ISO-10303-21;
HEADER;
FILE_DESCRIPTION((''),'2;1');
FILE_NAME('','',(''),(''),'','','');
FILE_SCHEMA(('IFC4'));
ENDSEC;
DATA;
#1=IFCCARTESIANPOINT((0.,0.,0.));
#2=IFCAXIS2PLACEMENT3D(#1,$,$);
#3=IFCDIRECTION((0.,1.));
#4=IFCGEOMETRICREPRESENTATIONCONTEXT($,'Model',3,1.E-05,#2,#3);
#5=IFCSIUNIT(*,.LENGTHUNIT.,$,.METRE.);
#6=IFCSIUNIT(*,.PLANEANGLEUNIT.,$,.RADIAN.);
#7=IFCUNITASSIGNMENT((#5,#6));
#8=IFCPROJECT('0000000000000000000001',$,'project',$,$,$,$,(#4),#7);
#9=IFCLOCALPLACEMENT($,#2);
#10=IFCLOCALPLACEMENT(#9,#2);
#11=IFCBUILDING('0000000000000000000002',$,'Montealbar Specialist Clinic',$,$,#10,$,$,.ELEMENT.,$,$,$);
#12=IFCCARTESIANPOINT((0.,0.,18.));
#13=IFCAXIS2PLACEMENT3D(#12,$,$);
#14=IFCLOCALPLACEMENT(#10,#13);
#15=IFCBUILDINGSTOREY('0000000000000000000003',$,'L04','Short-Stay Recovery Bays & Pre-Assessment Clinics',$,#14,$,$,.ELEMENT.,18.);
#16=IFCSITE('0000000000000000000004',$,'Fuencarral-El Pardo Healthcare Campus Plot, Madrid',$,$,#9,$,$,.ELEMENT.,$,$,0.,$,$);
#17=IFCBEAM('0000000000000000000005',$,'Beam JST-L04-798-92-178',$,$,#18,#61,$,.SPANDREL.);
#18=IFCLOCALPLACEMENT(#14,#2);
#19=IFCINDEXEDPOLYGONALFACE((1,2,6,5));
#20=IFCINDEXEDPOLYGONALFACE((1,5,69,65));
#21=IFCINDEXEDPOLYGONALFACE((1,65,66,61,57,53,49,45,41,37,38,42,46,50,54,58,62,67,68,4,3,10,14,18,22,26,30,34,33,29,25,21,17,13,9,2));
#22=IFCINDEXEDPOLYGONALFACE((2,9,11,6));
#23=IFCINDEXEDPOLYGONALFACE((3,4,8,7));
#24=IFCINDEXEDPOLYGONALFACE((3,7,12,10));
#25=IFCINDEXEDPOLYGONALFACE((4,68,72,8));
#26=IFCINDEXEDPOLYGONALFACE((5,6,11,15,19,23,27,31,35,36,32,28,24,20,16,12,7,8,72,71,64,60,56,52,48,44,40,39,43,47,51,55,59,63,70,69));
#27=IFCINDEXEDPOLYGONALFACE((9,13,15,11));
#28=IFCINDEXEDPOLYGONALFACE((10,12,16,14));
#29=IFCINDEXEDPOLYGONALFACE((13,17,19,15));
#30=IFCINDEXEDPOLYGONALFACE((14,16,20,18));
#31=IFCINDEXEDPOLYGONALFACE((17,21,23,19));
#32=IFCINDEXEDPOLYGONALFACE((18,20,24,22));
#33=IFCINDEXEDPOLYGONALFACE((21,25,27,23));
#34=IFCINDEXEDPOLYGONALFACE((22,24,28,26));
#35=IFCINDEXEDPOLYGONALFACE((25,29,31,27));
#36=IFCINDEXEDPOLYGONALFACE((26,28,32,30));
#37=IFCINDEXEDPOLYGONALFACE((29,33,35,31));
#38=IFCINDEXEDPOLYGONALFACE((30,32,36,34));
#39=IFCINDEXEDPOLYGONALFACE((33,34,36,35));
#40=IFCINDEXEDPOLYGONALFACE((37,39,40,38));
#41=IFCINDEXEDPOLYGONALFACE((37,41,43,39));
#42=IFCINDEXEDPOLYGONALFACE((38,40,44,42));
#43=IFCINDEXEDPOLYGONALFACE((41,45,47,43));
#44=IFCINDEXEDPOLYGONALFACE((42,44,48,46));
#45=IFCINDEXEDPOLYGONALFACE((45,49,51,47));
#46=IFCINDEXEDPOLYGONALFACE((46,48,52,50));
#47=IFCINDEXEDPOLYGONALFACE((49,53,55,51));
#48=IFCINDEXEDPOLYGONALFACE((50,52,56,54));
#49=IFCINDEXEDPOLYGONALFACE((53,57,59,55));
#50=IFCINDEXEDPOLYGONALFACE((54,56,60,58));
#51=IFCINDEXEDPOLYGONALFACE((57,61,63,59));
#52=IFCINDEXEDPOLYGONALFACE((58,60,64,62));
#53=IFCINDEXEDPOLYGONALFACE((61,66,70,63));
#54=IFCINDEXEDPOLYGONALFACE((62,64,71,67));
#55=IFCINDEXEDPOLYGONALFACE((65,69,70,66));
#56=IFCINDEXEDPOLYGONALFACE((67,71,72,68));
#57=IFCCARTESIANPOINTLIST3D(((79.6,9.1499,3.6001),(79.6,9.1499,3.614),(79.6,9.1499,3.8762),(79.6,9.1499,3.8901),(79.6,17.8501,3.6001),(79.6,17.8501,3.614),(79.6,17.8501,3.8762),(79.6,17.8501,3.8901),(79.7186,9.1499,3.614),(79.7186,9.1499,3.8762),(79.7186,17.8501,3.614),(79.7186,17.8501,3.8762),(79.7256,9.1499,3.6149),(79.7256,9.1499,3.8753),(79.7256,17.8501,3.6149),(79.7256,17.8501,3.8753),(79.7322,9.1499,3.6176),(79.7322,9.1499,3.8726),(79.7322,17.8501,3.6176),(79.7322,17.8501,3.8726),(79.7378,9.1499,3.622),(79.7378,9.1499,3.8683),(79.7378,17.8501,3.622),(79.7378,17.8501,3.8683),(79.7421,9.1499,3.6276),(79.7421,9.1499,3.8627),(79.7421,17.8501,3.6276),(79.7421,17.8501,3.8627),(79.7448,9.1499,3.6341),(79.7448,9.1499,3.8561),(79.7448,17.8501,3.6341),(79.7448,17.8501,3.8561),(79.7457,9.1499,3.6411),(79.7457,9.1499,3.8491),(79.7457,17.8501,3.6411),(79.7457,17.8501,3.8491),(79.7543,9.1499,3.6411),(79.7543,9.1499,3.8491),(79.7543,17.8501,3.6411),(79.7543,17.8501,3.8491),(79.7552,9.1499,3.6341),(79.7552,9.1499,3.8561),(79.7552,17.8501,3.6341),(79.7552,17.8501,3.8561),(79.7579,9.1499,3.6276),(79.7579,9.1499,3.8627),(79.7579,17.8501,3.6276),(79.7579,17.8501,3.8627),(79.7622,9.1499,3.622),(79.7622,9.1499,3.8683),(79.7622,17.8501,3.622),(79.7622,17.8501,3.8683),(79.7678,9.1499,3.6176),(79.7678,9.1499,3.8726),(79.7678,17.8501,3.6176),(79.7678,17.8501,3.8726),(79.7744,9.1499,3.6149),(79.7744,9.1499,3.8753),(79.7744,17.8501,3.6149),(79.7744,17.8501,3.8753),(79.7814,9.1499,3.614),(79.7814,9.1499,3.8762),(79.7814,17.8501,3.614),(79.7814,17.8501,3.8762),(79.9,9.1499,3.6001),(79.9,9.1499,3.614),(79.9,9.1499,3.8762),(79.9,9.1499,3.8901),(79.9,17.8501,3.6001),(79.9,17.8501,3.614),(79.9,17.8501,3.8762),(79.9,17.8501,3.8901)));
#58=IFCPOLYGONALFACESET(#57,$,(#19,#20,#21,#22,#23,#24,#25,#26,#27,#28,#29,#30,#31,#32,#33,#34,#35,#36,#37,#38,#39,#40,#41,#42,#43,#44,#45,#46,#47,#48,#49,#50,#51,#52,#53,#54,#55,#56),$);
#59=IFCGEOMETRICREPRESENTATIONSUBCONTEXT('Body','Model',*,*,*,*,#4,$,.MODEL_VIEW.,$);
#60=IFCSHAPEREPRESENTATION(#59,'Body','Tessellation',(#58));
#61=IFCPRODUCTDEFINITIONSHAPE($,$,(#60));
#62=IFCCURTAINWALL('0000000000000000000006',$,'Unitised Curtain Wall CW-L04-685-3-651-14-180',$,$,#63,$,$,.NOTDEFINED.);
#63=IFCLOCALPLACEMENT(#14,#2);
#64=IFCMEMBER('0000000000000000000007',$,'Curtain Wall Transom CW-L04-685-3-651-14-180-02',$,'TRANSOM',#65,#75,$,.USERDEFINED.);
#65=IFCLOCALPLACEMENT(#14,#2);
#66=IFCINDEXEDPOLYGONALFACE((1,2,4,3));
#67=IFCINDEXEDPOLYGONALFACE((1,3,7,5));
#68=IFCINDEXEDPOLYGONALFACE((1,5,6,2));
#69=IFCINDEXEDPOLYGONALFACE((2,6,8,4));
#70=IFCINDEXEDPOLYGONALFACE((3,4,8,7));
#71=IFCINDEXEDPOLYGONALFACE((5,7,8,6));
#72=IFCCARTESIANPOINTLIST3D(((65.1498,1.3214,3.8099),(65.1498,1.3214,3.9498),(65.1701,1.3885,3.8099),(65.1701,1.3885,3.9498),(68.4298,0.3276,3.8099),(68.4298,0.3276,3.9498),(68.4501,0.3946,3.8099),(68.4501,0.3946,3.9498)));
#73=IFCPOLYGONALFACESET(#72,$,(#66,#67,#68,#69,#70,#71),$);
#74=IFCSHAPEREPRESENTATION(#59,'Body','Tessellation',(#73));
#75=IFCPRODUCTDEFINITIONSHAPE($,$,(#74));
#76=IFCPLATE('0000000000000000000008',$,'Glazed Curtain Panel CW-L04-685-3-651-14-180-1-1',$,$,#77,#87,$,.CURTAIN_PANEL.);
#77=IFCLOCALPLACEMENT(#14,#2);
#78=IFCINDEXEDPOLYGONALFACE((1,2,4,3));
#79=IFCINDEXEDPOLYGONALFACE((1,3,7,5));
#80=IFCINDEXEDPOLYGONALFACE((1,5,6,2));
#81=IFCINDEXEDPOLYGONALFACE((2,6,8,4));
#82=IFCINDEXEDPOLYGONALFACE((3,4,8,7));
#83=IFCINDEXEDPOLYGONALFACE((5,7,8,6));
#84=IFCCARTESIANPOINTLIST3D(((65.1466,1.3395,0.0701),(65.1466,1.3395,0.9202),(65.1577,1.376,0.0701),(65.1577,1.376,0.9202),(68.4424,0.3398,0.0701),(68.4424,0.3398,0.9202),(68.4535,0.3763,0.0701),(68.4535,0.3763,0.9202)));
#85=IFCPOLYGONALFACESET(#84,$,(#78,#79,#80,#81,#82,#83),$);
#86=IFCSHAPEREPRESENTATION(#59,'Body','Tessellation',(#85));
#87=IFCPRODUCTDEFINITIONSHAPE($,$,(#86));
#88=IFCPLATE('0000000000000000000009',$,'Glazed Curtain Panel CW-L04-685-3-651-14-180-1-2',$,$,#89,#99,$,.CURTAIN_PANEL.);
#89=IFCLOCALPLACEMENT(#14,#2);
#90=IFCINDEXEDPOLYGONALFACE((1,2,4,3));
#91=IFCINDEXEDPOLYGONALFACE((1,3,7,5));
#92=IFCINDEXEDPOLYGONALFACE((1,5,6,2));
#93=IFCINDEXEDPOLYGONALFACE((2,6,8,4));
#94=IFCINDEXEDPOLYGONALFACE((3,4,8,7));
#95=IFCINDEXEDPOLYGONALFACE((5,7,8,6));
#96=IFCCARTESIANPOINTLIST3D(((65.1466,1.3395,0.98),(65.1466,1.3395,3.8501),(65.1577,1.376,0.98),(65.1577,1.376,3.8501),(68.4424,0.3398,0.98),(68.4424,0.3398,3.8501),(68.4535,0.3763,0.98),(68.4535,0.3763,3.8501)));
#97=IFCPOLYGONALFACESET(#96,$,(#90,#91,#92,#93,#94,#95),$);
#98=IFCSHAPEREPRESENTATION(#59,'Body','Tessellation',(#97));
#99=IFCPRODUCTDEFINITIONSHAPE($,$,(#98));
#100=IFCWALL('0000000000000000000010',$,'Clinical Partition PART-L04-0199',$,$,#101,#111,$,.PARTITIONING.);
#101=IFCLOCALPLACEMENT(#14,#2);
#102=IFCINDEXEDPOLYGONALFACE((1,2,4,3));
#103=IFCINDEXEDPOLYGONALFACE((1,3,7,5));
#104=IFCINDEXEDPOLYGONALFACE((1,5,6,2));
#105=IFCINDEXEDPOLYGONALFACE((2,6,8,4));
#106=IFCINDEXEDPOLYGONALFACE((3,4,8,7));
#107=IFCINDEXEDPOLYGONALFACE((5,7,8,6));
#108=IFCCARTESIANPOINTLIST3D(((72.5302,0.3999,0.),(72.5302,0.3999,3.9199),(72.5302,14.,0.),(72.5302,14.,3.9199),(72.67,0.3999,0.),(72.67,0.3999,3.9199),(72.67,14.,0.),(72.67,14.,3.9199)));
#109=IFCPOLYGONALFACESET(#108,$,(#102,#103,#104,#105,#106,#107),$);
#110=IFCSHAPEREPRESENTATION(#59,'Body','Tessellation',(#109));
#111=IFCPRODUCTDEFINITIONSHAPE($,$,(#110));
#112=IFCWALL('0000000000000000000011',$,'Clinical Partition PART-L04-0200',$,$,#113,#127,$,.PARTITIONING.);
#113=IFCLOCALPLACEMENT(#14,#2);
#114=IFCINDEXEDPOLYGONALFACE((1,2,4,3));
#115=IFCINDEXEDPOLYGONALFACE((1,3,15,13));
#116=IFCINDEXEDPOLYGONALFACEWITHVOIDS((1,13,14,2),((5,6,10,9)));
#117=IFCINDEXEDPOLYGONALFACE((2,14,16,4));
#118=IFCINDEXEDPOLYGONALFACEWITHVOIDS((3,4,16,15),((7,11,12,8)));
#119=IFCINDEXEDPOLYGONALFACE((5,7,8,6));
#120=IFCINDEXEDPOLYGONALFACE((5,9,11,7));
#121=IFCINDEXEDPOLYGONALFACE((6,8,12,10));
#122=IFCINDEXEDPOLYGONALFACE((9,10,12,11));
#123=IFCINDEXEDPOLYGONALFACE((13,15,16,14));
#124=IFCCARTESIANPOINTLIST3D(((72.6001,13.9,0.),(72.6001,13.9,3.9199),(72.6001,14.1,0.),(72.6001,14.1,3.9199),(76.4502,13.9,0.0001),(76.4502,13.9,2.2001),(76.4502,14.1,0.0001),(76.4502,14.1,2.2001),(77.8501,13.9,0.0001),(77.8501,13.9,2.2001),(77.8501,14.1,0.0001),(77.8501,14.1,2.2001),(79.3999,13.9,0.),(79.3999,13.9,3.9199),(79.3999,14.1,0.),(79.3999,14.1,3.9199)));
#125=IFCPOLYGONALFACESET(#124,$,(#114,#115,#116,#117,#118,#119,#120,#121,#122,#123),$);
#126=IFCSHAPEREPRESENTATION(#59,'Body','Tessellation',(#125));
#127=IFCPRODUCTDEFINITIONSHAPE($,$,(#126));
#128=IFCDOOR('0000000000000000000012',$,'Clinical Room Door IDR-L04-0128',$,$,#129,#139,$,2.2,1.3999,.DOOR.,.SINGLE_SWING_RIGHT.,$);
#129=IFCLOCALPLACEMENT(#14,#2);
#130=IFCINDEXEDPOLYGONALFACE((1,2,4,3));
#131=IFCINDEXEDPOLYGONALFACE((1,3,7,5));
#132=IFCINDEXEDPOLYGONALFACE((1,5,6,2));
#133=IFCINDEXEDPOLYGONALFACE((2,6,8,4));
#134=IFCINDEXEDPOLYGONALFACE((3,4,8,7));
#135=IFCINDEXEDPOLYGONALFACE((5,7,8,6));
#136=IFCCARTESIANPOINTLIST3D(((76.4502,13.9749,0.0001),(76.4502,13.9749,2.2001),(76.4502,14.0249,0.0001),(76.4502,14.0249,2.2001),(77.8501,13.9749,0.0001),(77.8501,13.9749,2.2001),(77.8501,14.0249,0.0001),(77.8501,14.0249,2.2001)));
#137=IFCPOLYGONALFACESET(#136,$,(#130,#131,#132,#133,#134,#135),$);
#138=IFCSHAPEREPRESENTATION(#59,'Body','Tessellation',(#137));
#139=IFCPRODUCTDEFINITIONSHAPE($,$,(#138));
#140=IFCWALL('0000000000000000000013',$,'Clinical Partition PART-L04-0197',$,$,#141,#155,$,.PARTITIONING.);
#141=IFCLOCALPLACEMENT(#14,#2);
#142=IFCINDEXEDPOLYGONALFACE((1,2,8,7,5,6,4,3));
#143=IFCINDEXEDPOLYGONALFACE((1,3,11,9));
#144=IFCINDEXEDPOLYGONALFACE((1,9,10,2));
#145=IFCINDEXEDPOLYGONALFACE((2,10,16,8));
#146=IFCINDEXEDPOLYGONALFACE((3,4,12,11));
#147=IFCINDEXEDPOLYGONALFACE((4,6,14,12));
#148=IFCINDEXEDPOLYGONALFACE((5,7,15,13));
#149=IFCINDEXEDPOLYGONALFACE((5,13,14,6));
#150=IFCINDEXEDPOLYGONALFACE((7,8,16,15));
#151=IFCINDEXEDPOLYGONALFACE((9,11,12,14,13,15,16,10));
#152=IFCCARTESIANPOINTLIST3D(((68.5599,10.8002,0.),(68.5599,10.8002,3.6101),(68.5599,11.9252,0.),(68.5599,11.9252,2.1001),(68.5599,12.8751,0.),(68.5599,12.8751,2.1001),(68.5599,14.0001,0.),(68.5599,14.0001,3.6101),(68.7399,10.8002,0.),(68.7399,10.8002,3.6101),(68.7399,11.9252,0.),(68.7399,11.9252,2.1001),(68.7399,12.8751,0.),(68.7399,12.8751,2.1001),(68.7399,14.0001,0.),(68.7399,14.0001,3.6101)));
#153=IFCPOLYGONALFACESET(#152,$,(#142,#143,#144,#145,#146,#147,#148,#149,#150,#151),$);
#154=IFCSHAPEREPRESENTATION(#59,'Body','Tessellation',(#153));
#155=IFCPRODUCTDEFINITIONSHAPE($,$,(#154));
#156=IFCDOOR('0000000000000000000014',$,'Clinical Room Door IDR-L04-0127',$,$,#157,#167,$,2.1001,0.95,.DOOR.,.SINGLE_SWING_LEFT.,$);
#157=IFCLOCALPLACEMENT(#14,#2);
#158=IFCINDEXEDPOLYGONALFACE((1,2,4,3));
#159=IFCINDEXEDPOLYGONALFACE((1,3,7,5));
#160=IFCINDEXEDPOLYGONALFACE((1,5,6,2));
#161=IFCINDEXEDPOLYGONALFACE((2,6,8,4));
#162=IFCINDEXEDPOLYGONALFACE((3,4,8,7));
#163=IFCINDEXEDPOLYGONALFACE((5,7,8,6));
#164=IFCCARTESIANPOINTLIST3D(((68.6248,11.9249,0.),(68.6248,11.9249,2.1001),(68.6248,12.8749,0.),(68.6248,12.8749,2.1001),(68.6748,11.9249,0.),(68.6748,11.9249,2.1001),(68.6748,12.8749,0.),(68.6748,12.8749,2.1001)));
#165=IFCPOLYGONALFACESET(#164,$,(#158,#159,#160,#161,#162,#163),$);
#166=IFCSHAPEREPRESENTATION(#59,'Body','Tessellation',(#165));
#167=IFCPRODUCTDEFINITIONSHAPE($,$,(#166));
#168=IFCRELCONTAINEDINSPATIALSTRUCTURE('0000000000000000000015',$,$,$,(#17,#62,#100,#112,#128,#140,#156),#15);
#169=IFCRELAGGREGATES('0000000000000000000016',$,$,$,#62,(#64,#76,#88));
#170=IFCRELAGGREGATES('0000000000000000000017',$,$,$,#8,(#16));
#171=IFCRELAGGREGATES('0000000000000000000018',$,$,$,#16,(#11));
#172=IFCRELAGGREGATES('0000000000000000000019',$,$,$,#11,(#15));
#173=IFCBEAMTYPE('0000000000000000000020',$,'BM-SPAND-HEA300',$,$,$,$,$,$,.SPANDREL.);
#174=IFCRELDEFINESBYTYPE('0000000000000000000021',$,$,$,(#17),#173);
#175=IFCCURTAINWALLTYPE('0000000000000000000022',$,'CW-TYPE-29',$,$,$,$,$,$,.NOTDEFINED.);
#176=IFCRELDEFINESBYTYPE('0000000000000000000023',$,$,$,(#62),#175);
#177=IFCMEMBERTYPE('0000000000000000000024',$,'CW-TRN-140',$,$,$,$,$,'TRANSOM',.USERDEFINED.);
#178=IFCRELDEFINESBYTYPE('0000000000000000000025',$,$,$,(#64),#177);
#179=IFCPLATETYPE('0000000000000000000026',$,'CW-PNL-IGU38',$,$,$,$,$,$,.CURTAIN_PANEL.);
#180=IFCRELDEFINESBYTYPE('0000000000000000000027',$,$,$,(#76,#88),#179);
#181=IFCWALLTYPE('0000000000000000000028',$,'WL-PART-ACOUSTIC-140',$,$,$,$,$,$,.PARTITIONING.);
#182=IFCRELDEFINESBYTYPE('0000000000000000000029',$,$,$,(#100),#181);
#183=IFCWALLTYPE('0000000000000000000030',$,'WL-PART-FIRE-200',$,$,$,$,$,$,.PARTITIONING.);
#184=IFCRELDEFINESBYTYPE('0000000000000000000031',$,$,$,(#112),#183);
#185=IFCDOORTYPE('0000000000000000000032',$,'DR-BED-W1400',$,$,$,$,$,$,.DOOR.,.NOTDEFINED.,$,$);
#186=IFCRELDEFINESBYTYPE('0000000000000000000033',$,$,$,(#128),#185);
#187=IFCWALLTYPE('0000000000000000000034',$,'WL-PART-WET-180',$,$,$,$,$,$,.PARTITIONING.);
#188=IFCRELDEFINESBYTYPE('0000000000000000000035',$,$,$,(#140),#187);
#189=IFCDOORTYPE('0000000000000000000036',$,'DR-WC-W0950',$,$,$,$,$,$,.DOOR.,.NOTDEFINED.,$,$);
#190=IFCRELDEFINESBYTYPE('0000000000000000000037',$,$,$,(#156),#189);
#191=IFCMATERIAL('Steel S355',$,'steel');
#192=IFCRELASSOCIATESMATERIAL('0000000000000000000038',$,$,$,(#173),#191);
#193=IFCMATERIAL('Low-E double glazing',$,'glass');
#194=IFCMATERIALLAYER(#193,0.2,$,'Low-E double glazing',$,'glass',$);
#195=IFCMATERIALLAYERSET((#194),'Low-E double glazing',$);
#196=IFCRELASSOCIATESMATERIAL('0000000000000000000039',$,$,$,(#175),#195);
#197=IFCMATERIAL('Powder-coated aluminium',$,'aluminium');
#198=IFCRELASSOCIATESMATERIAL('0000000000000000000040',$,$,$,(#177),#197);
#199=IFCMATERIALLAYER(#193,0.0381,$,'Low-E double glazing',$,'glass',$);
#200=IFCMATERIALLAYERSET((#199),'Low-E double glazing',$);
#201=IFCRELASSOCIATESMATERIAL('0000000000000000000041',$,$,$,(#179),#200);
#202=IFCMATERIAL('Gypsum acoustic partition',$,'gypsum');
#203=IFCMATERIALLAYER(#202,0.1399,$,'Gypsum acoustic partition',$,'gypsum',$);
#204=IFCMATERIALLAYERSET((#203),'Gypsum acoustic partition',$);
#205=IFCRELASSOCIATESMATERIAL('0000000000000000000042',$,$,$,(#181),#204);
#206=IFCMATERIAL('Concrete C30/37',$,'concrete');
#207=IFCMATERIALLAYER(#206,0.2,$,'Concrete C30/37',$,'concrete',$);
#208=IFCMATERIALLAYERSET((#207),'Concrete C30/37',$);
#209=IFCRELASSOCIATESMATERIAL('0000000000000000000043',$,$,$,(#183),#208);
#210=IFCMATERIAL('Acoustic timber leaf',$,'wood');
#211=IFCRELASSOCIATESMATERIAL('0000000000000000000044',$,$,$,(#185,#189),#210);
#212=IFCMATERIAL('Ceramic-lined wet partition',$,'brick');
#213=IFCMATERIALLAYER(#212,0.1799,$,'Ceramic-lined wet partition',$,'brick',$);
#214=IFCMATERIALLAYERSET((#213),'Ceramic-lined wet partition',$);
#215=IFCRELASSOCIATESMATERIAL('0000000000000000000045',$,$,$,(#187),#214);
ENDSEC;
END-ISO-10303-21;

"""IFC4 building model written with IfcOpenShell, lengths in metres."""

from ifc_helpers import new_model, si_unit, direction, frame, frame_2d, origin, origin_2d, place, context, subcontext, project, spatial, rectangle, i_section, extrude, material, layer, layer_set, material_profile, profile_set, type_object, element, fill, aggregate, save


model = new_model("IFC4")

# Units and contexts
model_context = context("Model", 3, precision=1e-05, world=origin(), true_north=direction((0.0, 1.0)))
body_context = subcontext(model_context, "Body", "Model", "MODEL_VIEW")
ifc_project = project(units=[si_unit("LENGTHUNIT", "METRE"), si_unit("PLANEANGLEUNIT", "RADIAN")], contexts=[model_context])

# Site, building, storey
site_placement = place(None, origin())
site = spatial("IfcSite", under=ifc_project, at=site_placement, Name="Fuencarral-El Pardo Healthcare Campus Plot, Madrid", CompositionType="ELEMENT", RefElevation=0.0)
building_placement = place(site_placement, origin())
building = spatial("IfcBuilding", under=site, at=building_placement, Name="Montealbar Specialist Clinic", CompositionType="ELEMENT")
storey_placement = place(building_placement, frame((0.0, 0.0, 18.0)))
storey = spatial("IfcBuildingStorey", under=building, at=storey_placement, Name="L04", Description="Short-Stay Recovery Bays & Pre-Assessment Clinics", CompositionType="ELEMENT", Elevation=18.0)

# Shared definitions
ifc_material_1 = material(Name="Steel S355", Category="steel")

# Beam
ifc_material_profile_1 = material_profile(ifc_material_1, i_section(OverallWidth=0.3, OverallDepth=0.29, WebThickness=0.0085, FlangeThickness=0.0139, FilletRadius=0.0271, at=origin_2d()), Name="HEA 300", Category="steel")
ifc_profile_set_1 = profile_set([ifc_material_profile_1], Name="Steel S355")
beam_type_1 = type_object("IfcBeamType", Name="BM-SPAND-HEA300", PredefinedType="SPANDREL", material=ifc_profile_set_1)
beam_1_placement = place(storey_placement, frame((79.75, 9.1499, 3.7451), z_axis=(0.0, 1.0, 0.0), x_axis=(-1.0, 0.0, 0.0)))
element("IfcBeam", 1, at=beam_1_placement, inside=storey, type_object=beam_type_1, Name="Beam JST-L04-798-92-178", PredefinedType="SPANDREL", context=body_context, shape_type="SweptSolid", body=[
    extrude(i_section(OverallWidth=0.3, OverallDepth=0.29, WebThickness=0.0085, FlangeThickness=0.0139, FilletRadius=0.0271, at=origin_2d()), origin(), (0.0, 0.0, 1.0), 8.7002),
])

# Curtain wall, member, plates
ifc_material_2 = material(Name="Low-E double glazing", Category="glass")
ifc_layer_1 = layer(ifc_material_2, 0.2, Name="Low-E double glazing", Category="glass")
ifc_layer_set_1 = layer_set([ifc_layer_1], Name="Low-E double glazing")
curtain_wall_type = type_object("IfcCurtainWallType", Name="CW-TYPE-29", PredefinedType="NOTDEFINED", material=ifc_layer_set_1)
curtain_wall_placement = place(storey_placement, origin())
curtain_wall = element("IfcCurtainWall", 2, at=curtain_wall_placement, inside=storey, type_object=curtain_wall_type, Name="Unitised Curtain Wall CW-L04-685-3-651-14-180", PredefinedType="NOTDEFINED")
ifc_material_3 = material(Name="Powder-coated aluminium", Category="aluminium")
ifc_material_profile_2 = material_profile(ifc_material_3, rectangle(XDim=0.0701, YDim=0.1399, at=origin_2d()), Name="ALU 70x140", Category="aluminium")
ifc_profile_set_2 = profile_set([ifc_material_profile_2], Name="Powder-coated aluminium")
member_type = type_object("IfcMemberType", Name="CW-TRN-140", ElementType="TRANSOM", PredefinedType="USERDEFINED", material=ifc_profile_set_2)
member_placement = place(storey_placement, frame((68.4399, 0.3611, 3.8799), z_axis=(-0.957029, 0.289994, 0.0), x_axis=(-0.289994, -0.957029, 0.0)))
member = element("IfcMember", 3, at=member_placement, type_object=member_type, Name="Curtain Wall Transom CW-L04-685-3-651-14-180-02", ObjectType="TRANSOM", PredefinedType="USERDEFINED", context=body_context, shape_type="SweptSolid", body=[
    extrude(rectangle(XDim=0.0701, YDim=0.1399, at=origin_2d()), origin(), (0.0, 0.0, 1.0), 3.4272),
])
ifc_layer_2 = layer(ifc_material_2, 0.0381, Name="Low-E double glazing", Category="glass")
ifc_layer_set_2 = layer_set([ifc_layer_2], Name="Low-E double glazing")
plate_type = type_object("IfcPlateType", Name="CW-PNL-IGU38", PredefinedType="CURTAIN_PANEL", material=ifc_layer_set_2)
plate_1_placement = place(storey_placement, frame((66.8, 0.8579, 0.0701), z_axis=(0.0, 0.0, 1.0), x_axis=(-0.956948, 0.290259, 0.0)))
plate_1 = element("IfcPlate", 4, at=plate_1_placement, type_object=plate_type, Name="Glazed Curtain Panel CW-L04-685-3-651-14-180-1-1", PredefinedType="CURTAIN_PANEL", context=body_context, shape_type="SweptSolid", body=[
    extrude(rectangle(XDim=3.4441, YDim=0.0381, at=origin_2d()), origin(), (0.0, 0.0, 1.0), 0.8501),
])
plate_2_placement = place(storey_placement, frame((66.8, 0.8579, 0.98), z_axis=(0.0, 0.0, 1.0), x_axis=(-0.956948, 0.290259, 0.0)))
plate_2 = element("IfcPlate", 5, at=plate_2_placement, type_object=plate_type, Name="Glazed Curtain Panel CW-L04-685-3-651-14-180-1-2", PredefinedType="CURTAIN_PANEL", context=body_context, shape_type="SweptSolid", body=[
    extrude(rectangle(XDim=3.4441, YDim=0.0381, at=origin_2d()), origin(), (0.0, 0.0, 1.0), 2.8701),
])
aggregate(curtain_wall, [member, plate_1, plate_2])

# Wall
ifc_material_4 = material(Name="Gypsum acoustic partition", Category="gypsum")
ifc_layer_3 = layer(ifc_material_4, 0.1399, Name="Gypsum acoustic partition", Category="gypsum")
ifc_layer_set_3 = layer_set([ifc_layer_3], Name="Gypsum acoustic partition")
wall_type_1 = type_object("IfcWallType", Name="WL-PART-ACOUSTIC-140", PredefinedType="PARTITIONING", material=ifc_layer_set_3)
wall_1_placement = place(storey_placement, frame((72.6001, 0.3999, 0.0), z_axis=(0.0, 0.0, 1.0), x_axis=(0.0, 1.0, 0.0)))
element("IfcWall", 6, at=wall_1_placement, inside=storey, type_object=wall_type_1, Name="Clinical Partition PART-L04-0199", PredefinedType="PARTITIONING", context=body_context, shape_type="SweptSolid", body=[
    extrude(rectangle(XDim=13.6001, YDim=0.1399, at=frame_2d((6.8, 0.0))), origin(), (0.0, 0.0, 1.0), 3.9199),
])

# Walls, openings, doors
ifc_material_5 = material(Name="Concrete C30/37", Category="concrete")
ifc_layer_4 = layer(ifc_material_5, 0.2, Name="Concrete C30/37", Category="concrete")
ifc_layer_set_4 = layer_set([ifc_layer_4], Name="Concrete C30/37")
wall_type_2 = type_object("IfcWallType", Name="WL-PART-FIRE-200", PredefinedType="PARTITIONING", material=ifc_layer_set_4)
wall_2_placement = place(storey_placement, frame((72.6001, 14.0, 0.0), z_axis=(0.0, 0.0, 1.0), x_axis=(1.0, 0.0, 0.0)))
wall_2 = element("IfcWall", 7, at=wall_2_placement, inside=storey, type_object=wall_type_2, Name="Clinical Partition PART-L04-0200", PredefinedType="PARTITIONING", context=body_context, shape_type="SweptSolid", body=[
    extrude(rectangle(XDim=6.7998, YDim=0.2, at=frame_2d((3.3999, 0.0))), origin(), (0.0, 0.0, 1.0), 3.9199),
])
opening_1_placement = place(wall_2_placement, frame((3.8501, 0.0, 0.0)))
opening_1 = element("IfcOpeningElement", 8, at=opening_1_placement, cuts=wall_2, PredefinedType="OPENING", context=body_context, shape_type="SweptSolid", body=[
    extrude(rectangle(XDim=1.3999, YDim=2.2, at=frame_2d((0.7, 1.1001))), frame((0.0, 0.1099, 0.0), z_axis=(0.0, -1.0, 0.0), x_axis=(1.0, 0.0, 0.0)), (0.0, 0.0, 1.0), 0.22),
])
ifc_material_6 = material(Name="Acoustic timber leaf", Category="wood")
door_type_1 = type_object("IfcDoorType", Name="DR-BED-W1400", OperationType="NOTDEFINED", PredefinedType="DOOR", material=ifc_material_6)
door_1_placement = place(opening_1_placement, origin())
door_1 = element("IfcDoor", 9, at=door_1_placement, inside=storey, type_object=door_type_1, Name="Clinical Room Door IDR-L04-0128", OperationType="SINGLE_SWING_RIGHT", OverallHeight=2.2, OverallWidth=1.3999, PredefinedType="DOOR", context=body_context, shape_type="SweptSolid", body=[
    extrude(rectangle(XDim=1.3999, YDim=2.2, at=frame_2d((0.7, 1.1001))), frame((0.0, 0.0249, 0.0), z_axis=(0.0, -1.0, 0.0), x_axis=(1.0, 0.0, 0.0)), (0.0, 0.0, 1.0), 0.05),
])
fill(opening_1, door_1)
ifc_material_7 = material(Name="Ceramic-lined wet partition", Category="brick")
ifc_layer_5 = layer(ifc_material_7, 0.1799, Name="Ceramic-lined wet partition", Category="brick")
ifc_layer_set_5 = layer_set([ifc_layer_5], Name="Ceramic-lined wet partition")
wall_type_3 = type_object("IfcWallType", Name="WL-PART-WET-180", PredefinedType="PARTITIONING", material=ifc_layer_set_5)
wall_3_placement = place(storey_placement, frame((68.6499, 10.8, 0.0), z_axis=(0.0, 0.0, 1.0), x_axis=(0.0, 1.0, 0.0)))
wall_3 = element("IfcWall", 10, at=wall_3_placement, inside=storey, type_object=wall_type_3, Name="Clinical Partition PART-L04-0197", PredefinedType="PARTITIONING", context=body_context, shape_type="SweptSolid", body=[
    extrude(rectangle(XDim=3.2, YDim=0.1799, at=frame_2d((1.6001, 0.0))), origin(), (0.0, 0.0, 1.0), 3.6101),
])
opening_2_placement = place(wall_3_placement, frame((1.125, 0.0, 0.0)))
opening_2 = element("IfcOpeningElement", 11, at=opening_2_placement, cuts=wall_3, PredefinedType="OPENING", context=body_context, shape_type="SweptSolid", body=[
    extrude(rectangle(XDim=0.95, YDim=2.1001, at=frame_2d((0.4751, 1.05))), frame((0.0, 0.0999, 0.0), z_axis=(0.0, -1.0, 0.0), x_axis=(1.0, 0.0, 0.0)), (0.0, 0.0, 1.0), 0.2),
])
door_type_2 = type_object("IfcDoorType", Name="DR-WC-W0950", OperationType="NOTDEFINED", PredefinedType="DOOR", material=ifc_material_6)
door_2_placement = place(opening_2_placement, frame((0.95, 0.0, 0.0), z_axis=(0.0, 0.0, 1.0), x_axis=(-1.0, 0.0, 0.0)))
door_2 = element("IfcDoor", 12, at=door_2_placement, inside=storey, type_object=door_type_2, Name="Clinical Room Door IDR-L04-0127", OperationType="SINGLE_SWING_LEFT", OverallHeight=2.1001, OverallWidth=0.95, PredefinedType="DOOR", context=body_context, shape_type="SweptSolid", body=[
    extrude(rectangle(XDim=0.95, YDim=2.1001, at=frame_2d((0.4751, 1.05))), frame((0.0, 0.0249, 0.0), z_axis=(0.0, -1.0, 0.0), x_axis=(1.0, 0.0, 0.0)), (0.0, 0.0, 1.0), 0.05),
])
fill(opening_2, door_2)

save(model, "model.ifc")
